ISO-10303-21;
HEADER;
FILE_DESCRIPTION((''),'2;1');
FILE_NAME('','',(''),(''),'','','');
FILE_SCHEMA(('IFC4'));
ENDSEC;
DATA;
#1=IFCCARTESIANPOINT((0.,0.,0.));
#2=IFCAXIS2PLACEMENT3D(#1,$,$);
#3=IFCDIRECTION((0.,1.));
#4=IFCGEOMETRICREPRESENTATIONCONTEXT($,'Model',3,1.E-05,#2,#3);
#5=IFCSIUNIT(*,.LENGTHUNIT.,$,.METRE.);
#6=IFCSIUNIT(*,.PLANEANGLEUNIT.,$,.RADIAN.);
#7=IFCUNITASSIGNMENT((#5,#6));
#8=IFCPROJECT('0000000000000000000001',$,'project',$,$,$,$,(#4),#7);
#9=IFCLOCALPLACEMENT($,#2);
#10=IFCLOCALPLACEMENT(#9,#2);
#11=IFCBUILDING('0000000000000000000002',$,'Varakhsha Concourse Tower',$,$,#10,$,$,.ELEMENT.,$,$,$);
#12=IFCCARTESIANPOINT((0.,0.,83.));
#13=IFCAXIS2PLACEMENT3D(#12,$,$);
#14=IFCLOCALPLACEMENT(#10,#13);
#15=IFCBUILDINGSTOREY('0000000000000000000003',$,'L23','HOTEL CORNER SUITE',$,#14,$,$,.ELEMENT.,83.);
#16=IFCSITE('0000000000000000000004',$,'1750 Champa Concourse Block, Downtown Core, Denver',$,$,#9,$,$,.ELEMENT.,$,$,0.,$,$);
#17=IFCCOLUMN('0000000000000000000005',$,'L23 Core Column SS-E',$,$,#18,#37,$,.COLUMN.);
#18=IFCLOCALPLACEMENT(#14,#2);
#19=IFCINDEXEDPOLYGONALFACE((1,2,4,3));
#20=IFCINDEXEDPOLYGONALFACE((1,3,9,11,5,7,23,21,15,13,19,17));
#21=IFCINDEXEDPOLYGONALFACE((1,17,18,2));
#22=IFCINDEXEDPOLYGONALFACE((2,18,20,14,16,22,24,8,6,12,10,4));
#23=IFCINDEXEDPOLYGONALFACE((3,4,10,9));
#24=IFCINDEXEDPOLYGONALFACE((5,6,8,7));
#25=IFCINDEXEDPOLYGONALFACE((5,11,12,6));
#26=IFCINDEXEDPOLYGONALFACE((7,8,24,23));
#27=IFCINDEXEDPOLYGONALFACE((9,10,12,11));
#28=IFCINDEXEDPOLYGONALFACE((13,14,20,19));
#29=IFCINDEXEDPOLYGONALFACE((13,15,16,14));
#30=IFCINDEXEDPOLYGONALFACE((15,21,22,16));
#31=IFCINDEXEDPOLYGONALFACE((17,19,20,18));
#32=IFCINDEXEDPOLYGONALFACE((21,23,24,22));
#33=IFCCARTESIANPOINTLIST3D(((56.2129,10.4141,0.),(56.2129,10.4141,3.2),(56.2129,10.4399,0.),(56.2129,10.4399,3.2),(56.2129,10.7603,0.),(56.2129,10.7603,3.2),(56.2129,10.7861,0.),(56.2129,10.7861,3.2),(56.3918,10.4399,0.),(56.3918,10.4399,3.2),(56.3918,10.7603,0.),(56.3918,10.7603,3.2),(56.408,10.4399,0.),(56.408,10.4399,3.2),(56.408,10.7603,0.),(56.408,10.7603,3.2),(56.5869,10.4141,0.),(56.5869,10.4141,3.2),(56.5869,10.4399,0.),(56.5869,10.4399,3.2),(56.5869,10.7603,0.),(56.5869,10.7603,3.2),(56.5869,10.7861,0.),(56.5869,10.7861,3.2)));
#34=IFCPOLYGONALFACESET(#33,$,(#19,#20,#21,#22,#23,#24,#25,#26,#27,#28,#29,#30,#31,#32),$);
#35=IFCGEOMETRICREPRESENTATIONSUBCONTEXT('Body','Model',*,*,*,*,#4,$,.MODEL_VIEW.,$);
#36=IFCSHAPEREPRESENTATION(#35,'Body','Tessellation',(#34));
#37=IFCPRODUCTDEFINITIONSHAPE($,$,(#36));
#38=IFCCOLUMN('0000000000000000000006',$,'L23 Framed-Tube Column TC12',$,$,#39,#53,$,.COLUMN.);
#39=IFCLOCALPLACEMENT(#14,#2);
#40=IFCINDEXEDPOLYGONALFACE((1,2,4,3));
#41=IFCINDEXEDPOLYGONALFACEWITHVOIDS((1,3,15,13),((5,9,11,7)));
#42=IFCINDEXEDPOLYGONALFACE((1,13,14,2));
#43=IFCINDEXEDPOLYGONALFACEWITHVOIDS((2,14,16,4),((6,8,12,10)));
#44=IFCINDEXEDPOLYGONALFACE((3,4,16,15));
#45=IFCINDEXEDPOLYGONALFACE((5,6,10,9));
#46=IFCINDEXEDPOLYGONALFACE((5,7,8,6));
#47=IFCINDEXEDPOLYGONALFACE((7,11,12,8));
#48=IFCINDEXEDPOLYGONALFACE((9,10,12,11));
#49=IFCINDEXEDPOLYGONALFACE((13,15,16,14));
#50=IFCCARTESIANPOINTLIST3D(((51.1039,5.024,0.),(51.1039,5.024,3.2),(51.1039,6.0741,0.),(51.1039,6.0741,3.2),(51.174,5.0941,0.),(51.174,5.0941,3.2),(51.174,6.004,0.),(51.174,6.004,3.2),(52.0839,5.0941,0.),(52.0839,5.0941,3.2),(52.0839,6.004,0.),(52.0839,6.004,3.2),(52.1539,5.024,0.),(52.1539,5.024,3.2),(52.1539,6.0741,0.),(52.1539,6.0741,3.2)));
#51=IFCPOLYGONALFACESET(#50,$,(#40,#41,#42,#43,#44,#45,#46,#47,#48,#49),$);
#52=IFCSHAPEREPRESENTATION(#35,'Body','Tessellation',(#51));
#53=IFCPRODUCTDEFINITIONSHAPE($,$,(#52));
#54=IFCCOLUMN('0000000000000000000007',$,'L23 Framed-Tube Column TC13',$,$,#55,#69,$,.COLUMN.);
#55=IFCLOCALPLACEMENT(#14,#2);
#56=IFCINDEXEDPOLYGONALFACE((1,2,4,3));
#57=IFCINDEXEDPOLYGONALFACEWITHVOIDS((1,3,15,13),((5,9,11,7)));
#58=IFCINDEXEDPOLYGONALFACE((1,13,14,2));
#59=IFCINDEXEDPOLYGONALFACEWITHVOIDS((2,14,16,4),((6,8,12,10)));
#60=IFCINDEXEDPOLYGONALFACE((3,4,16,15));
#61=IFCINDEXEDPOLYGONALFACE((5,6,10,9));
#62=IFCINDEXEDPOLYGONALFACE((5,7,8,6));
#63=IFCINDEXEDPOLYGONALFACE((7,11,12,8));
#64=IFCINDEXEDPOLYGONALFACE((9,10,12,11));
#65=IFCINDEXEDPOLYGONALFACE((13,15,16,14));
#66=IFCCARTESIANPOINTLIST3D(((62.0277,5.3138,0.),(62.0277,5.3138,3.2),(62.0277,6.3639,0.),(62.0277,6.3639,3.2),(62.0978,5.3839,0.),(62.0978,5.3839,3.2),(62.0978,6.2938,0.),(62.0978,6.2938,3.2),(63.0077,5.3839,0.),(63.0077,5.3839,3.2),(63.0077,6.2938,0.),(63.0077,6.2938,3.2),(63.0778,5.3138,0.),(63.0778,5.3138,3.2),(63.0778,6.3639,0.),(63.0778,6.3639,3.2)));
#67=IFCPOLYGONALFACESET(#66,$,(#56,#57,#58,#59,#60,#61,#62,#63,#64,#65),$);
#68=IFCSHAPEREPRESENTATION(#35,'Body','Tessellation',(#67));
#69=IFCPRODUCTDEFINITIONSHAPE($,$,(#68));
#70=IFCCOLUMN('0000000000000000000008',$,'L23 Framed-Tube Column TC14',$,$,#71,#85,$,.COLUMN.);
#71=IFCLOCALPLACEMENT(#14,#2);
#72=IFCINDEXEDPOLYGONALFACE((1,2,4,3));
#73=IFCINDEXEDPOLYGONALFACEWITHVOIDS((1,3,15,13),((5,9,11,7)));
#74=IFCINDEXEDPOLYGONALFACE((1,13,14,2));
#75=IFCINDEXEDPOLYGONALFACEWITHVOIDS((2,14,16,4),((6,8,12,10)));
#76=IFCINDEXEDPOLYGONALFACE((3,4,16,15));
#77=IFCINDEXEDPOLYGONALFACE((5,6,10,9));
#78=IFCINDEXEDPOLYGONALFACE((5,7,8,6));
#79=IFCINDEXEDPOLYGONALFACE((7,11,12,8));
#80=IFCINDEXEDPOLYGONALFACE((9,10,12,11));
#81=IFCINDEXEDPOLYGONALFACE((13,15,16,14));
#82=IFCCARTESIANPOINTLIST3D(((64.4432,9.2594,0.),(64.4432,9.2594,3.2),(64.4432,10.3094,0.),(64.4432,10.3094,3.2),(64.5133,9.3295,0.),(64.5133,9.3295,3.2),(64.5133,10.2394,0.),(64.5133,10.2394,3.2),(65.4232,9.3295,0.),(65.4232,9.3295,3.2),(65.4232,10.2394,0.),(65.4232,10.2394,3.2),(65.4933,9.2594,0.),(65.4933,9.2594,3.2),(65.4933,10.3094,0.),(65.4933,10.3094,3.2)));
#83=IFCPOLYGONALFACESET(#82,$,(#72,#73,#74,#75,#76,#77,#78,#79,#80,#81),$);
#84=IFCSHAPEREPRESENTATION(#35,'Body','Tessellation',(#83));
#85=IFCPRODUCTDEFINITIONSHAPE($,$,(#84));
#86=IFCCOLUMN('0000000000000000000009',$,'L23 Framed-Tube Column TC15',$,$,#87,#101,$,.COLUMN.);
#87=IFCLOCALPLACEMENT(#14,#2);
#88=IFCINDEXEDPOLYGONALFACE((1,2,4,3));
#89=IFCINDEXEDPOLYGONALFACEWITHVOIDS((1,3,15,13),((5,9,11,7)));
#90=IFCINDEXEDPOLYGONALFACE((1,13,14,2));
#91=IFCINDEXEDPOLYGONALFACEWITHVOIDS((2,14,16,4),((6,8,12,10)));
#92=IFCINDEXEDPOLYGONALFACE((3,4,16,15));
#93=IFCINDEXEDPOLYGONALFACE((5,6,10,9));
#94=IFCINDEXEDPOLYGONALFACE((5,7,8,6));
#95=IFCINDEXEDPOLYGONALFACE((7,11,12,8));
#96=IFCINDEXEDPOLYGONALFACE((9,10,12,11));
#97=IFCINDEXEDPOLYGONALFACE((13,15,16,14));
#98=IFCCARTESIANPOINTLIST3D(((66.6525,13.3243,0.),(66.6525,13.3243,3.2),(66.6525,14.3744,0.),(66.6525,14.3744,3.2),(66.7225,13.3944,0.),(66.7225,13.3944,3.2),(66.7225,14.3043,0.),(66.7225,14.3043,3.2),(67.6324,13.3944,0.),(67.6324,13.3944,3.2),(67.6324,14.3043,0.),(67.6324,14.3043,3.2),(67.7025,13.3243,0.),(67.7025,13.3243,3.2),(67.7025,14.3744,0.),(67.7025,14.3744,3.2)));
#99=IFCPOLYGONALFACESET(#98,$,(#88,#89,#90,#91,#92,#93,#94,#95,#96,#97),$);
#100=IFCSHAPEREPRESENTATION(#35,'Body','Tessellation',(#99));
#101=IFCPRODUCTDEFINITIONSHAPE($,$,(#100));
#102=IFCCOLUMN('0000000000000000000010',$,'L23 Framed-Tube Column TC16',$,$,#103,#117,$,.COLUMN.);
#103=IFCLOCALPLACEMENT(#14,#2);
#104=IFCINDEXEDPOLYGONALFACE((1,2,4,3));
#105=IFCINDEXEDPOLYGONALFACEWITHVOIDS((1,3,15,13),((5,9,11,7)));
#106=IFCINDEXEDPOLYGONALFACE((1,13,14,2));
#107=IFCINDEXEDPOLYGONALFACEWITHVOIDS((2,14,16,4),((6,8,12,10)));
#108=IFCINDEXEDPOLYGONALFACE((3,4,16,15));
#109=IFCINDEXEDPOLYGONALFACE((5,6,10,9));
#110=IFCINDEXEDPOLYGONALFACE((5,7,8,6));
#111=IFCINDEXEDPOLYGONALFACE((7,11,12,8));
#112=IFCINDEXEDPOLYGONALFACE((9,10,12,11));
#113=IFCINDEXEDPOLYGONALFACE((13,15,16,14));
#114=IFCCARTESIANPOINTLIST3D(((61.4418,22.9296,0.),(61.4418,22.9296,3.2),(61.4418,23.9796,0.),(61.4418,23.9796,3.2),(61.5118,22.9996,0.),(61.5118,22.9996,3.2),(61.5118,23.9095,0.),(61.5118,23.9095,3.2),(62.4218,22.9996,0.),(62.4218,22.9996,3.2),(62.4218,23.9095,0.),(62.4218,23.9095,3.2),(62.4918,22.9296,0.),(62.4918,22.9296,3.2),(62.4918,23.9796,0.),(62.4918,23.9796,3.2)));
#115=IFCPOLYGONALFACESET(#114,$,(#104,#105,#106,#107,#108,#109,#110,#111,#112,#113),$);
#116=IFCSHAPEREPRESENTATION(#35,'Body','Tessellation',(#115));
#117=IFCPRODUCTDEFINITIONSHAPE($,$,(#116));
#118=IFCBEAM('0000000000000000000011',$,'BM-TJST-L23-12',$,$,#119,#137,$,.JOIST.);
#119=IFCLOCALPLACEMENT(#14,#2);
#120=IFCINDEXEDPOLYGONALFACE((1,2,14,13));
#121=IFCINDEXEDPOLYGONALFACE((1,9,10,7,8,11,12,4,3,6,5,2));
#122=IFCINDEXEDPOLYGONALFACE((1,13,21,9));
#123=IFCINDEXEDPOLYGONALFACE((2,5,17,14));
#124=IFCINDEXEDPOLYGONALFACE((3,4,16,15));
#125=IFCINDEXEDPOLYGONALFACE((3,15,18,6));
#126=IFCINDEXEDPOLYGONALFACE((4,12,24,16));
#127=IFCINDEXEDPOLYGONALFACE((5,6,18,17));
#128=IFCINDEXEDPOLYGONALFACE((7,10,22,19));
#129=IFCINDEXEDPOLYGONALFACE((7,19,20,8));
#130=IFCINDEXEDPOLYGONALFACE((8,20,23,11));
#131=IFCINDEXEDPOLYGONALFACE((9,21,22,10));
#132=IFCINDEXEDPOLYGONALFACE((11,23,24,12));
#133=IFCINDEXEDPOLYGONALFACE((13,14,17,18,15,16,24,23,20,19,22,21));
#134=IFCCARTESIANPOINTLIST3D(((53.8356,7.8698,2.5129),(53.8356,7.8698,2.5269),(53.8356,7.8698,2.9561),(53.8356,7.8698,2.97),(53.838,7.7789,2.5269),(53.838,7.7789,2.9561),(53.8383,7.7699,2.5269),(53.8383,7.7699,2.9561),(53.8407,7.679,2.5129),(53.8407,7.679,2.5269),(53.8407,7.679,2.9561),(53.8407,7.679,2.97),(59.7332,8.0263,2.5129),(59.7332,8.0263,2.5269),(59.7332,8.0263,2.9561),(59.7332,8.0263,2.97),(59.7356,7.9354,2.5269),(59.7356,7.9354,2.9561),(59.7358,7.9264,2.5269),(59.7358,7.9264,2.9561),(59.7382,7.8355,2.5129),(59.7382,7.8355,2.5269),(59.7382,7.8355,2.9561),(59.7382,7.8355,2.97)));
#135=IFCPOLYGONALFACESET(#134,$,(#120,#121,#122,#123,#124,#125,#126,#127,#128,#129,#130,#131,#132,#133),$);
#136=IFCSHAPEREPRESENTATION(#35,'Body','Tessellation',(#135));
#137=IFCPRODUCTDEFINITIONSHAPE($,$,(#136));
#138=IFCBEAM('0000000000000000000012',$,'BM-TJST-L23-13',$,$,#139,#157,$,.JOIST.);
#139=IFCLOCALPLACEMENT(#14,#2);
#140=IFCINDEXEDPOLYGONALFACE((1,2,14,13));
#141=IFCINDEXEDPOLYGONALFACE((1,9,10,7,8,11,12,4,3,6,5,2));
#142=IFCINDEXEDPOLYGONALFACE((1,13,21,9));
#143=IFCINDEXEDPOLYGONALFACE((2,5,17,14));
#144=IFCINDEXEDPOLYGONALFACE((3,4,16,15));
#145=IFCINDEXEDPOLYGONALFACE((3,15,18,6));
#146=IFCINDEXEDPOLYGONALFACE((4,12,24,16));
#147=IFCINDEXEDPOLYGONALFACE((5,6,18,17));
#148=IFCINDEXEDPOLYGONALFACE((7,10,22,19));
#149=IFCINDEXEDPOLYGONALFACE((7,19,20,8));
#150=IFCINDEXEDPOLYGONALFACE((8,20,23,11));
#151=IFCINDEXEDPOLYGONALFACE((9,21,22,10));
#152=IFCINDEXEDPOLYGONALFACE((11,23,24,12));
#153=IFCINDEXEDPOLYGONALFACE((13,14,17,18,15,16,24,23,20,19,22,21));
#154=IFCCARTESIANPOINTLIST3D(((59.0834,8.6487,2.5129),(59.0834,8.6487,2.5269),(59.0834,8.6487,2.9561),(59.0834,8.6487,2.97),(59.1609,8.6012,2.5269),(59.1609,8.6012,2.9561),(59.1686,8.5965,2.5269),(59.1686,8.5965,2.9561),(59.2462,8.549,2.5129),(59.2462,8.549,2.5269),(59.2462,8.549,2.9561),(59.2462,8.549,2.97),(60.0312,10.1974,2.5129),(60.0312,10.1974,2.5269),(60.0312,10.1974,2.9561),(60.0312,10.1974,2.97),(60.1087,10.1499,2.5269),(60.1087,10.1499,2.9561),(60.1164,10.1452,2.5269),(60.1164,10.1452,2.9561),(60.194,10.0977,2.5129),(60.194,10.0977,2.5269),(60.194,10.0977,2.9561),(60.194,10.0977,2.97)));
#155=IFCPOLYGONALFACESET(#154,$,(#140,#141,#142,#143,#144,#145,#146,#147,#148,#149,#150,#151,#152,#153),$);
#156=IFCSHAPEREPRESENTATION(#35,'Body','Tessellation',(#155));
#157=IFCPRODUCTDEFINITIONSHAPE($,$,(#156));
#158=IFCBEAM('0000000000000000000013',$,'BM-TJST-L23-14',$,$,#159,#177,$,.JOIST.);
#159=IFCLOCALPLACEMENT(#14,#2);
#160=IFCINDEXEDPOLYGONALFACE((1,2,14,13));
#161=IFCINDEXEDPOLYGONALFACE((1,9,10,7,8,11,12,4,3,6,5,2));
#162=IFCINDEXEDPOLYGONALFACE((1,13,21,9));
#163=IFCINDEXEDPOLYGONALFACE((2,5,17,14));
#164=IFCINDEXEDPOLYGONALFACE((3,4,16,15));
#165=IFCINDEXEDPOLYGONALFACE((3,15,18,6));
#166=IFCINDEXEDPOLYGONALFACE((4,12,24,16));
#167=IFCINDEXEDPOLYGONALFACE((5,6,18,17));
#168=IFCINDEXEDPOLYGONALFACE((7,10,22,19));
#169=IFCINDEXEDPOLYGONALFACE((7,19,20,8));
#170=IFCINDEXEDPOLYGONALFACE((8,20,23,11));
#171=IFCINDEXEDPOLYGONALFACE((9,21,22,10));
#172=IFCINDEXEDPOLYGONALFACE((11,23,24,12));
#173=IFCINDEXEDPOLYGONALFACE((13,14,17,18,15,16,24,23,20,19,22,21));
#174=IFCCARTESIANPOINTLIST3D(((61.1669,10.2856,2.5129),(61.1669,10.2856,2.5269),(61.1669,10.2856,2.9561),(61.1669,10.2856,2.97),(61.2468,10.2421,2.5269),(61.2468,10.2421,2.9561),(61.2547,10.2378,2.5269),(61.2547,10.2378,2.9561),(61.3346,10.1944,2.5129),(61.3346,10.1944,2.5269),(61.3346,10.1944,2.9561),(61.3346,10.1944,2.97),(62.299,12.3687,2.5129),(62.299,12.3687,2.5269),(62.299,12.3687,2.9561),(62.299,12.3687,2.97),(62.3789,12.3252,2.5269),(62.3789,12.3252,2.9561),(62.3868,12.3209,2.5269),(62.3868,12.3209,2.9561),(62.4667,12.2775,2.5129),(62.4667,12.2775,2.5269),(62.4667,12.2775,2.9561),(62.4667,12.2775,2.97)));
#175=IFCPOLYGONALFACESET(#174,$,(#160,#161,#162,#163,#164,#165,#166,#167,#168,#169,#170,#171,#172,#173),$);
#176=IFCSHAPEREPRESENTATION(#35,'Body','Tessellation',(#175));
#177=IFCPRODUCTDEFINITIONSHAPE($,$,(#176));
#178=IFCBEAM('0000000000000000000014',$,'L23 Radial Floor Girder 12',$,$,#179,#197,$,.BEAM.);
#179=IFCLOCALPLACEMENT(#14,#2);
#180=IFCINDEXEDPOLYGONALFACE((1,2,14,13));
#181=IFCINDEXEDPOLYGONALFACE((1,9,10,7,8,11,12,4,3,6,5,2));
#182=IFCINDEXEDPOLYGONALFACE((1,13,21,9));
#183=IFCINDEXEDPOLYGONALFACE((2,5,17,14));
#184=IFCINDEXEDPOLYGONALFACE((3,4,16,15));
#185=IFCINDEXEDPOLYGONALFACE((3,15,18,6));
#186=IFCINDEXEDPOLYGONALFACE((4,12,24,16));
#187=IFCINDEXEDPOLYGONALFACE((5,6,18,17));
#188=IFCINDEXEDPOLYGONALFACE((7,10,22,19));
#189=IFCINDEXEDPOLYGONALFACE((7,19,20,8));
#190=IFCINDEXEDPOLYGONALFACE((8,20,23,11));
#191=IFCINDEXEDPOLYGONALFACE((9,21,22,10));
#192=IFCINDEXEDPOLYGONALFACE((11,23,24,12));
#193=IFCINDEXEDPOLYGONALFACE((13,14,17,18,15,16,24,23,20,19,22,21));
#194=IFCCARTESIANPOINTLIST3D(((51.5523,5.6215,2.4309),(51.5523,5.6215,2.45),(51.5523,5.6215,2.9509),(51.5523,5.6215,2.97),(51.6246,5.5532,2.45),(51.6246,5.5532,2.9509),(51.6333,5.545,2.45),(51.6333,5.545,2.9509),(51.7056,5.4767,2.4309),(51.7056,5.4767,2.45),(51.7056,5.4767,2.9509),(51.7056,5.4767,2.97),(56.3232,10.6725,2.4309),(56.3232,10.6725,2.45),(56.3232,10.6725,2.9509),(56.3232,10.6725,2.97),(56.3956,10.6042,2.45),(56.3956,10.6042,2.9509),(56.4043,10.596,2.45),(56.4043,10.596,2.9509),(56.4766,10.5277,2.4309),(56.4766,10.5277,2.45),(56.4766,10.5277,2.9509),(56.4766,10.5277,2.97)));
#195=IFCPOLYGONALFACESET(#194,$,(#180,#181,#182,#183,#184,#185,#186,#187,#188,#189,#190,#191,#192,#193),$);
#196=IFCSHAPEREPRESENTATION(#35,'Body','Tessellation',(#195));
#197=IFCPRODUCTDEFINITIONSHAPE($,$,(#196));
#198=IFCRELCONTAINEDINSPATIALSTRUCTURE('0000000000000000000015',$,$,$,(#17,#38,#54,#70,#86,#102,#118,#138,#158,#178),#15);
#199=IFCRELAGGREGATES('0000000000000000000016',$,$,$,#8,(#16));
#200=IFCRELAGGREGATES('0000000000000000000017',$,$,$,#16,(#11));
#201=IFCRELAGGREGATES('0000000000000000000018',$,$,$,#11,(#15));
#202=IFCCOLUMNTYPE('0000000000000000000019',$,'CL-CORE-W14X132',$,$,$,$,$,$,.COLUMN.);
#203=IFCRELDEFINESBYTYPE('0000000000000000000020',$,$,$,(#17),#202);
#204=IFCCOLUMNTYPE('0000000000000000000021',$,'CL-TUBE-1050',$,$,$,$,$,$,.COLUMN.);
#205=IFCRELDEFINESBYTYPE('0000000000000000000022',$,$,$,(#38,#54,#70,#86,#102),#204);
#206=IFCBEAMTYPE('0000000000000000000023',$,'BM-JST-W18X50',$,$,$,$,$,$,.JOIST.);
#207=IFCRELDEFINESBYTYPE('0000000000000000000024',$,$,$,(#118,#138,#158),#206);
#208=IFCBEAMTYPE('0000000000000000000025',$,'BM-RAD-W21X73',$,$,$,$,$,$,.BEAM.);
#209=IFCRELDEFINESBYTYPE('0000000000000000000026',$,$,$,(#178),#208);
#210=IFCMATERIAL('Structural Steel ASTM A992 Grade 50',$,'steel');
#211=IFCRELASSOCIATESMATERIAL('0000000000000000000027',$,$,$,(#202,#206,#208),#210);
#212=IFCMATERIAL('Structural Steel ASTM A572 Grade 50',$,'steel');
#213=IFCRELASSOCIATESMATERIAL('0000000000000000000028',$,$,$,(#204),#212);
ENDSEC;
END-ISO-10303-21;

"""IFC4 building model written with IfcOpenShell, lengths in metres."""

from ifc_helpers import new_model, si_unit, direction, frame, origin, origin_2d, place, context, subcontext, project, spatial, hollow_rectangle, i_section, extrude, material, material_profile, profile_set, type_object, element, save


model = new_model("IFC4")

# Units and contexts
model_context = context("Model", 3, precision=1e-05, world=origin(), true_north=direction((0.0, 1.0)))
body_context = subcontext(model_context, "Body", "Model", "MODEL_VIEW")
ifc_project = project(units=[si_unit("LENGTHUNIT", "METRE"), si_unit("PLANEANGLEUNIT", "RADIAN")], contexts=[model_context])

# Site, building, storey
site_placement = place(None, origin())
site = spatial("IfcSite", under=ifc_project, at=site_placement, Name="1750 Champa Concourse Block, Downtown Core, Denver", CompositionType="ELEMENT", RefElevation=0.0)
building_placement = place(site_placement, origin())
building = spatial("IfcBuilding", under=site, at=building_placement, Name="Varakhsha Concourse Tower", CompositionType="ELEMENT")
storey_placement = place(building_placement, frame((0.0, 0.0, 83.0)))
storey = spatial("IfcBuildingStorey", under=building, at=storey_placement, Name="L23", Description="HOTEL CORNER SUITE", CompositionType="ELEMENT", Elevation=83.0)

# Columns
ifc_material_1 = material(Name="Structural Steel ASTM A992 Grade 50", Category="steel")
ifc_material_profile_1 = material_profile(ifc_material_1, i_section(OverallWidth=0.374, OverallDepth=0.3721, WebThickness=0.0161, FlangeThickness=0.0259, at=origin_2d()), Name="W14X132")
ifc_profile_set_1 = profile_set([ifc_material_profile_1], Name="Structural Steel ASTM A992 Grade 50")
column_type_1 = type_object("IfcColumnType", Name="CL-CORE-W14X132", PredefinedType="COLUMN", material=ifc_profile_set_1)
column_placement = place(storey_placement, frame((56.3999, 10.6001, 0.0), z_axis=(0.0, 0.0, 1.0), x_axis=(1.0, 0.0, 0.0)))
element("IfcColumn", 1, at=column_placement, inside=storey, type_object=column_type_1, Name="L23 Core Column SS-E", PredefinedType="COLUMN", context=body_context, shape_type="SweptSolid", body=[
    extrude(i_section(OverallWidth=0.374, OverallDepth=0.3721, WebThickness=0.0161, FlangeThickness=0.0259, at=origin_2d()), origin(), (0.0, 0.0, 1.0), 3.2),
])
ifc_material_2 = material(Name="Structural Steel ASTM A572 Grade 50", Category="steel")
ifc_material_profile_2 = material_profile(ifc_material_2, hollow_rectangle(XDim=1.05, YDim=1.05, WallThickness=0.0701, at=origin_2d()), Name="BOX 1050x1050x70")
ifc_profile_set_2 = profile_set([ifc_material_profile_2], Name="Structural Steel ASTM A572 Grade 50")
column_type_2 = type_object("IfcColumnType", Name="CL-TUBE-1050", PredefinedType="COLUMN", material=ifc_profile_set_2)
for number, where, z_axis, x_axis, name in (
    (2, (51.6289, 5.5491, 0.0), (0.0, 0.0, 1.0), (1.0, 0.0, 0.0), "L23 Framed-Tube Column TC12"),
    (3, (62.5527, 5.8389, 0.0), (0.0, 0.0, 1.0), (1.0, 0.0, 0.0), "L23 Framed-Tube Column TC13"),
    (4, (64.9683, 9.7844, 0.0), (0.0, 0.0, 1.0), (1.0, 0.0, 0.0), "L23 Framed-Tube Column TC14"),
    (5, (67.1775, 13.8494, 0.0), (0.0, 0.0, 1.0), (1.0, 0.0, 0.0), "L23 Framed-Tube Column TC15"),
    (6, (61.9668, 23.4546, 0.0), (0.0, 0.0, 1.0), (1.0, 0.0, 0.0), "L23 Framed-Tube Column TC16"),
):
    element("IfcColumn", number, at=place(storey_placement, frame(where, z_axis=z_axis, x_axis=x_axis)), inside=storey, type_object=column_type_2, Name=name, PredefinedType="COLUMN", context=body_context, shape_type="SweptSolid", body=[
        extrude(hollow_rectangle(XDim=1.05, YDim=1.05, WallThickness=0.0701, at=origin_2d()), origin(), (0.0, 0.0, 1.0), 3.2),
    ])

# Beams
ifc_material_profile_3 = material_profile(ifc_material_1, i_section(OverallWidth=0.1909, OverallDepth=0.457, WebThickness=0.009, FlangeThickness=0.0139, at=origin_2d()), Name="W18X50")
ifc_profile_set_3 = profile_set([ifc_material_profile_3], Name="Structural Steel ASTM A992 Grade 50")
beam_type_1 = type_object("IfcBeamType", Name="BM-JST-W18X50", PredefinedType="JOIST", material=ifc_profile_set_3)
beam_1_placement = place(storey_placement, frame((53.8381, 7.7744, 2.7415), z_axis=(0.999648, 0.026527, 0.0), x_axis=(-0.026527, 0.999648, 0.0)))
element("IfcBeam", 7, at=beam_1_placement, inside=storey, type_object=beam_type_1, Name="BM-TJST-L23-12", PredefinedType="JOIST", context=body_context, shape_type="SweptSolid", body=[
    extrude(i_section(OverallWidth=0.1909, OverallDepth=0.457, WebThickness=0.009, FlangeThickness=0.0139, at=origin_2d()), origin(), (0.0, 0.0, 1.0), 5.8997),
])
beam_2_placement = place(storey_placement, frame((59.1648, 8.5989, 2.7415), z_axis=(0.52201, 0.852939, 0.0), x_axis=(-0.852939, 0.52201, 0.0)))
element("IfcBeam", 8, at=beam_2_placement, inside=storey, type_object=beam_type_1, Name="BM-TJST-L23-13", PredefinedType="JOIST", context=body_context, shape_type="SweptSolid", body=[
    extrude(i_section(OverallWidth=0.1909, OverallDepth=0.457, WebThickness=0.009, FlangeThickness=0.0139, at=origin_2d()), origin(), (0.0, 0.0, 1.0), 1.8157),
])
beam_3_placement = place(storey_placement, frame((61.2507, 10.24, 2.7415), z_axis=(0.477517, 0.878623, 0.0), x_axis=(-0.878623, 0.477517, 0.0)))
element("IfcBeam", 9, at=beam_3_placement, inside=storey, type_object=beam_type_1, Name="BM-TJST-L23-14", PredefinedType="JOIST", context=body_context, shape_type="SweptSolid", body=[
    extrude(i_section(OverallWidth=0.1909, OverallDepth=0.457, WebThickness=0.009, FlangeThickness=0.0139, at=origin_2d()), origin(), (0.0, 0.0, 1.0), 2.3708),
])
ifc_material_profile_4 = material_profile(ifc_material_1, i_section(OverallWidth=0.2109, OverallDepth=0.5391, WebThickness=0.012, FlangeThickness=0.019, at=origin_2d()), Name="W21X73")
ifc_profile_set_4 = profile_set([ifc_material_profile_4], Name="Structural Steel ASTM A992 Grade 50")
beam_type_2 = type_object("IfcBeamType", Name="BM-RAD-W21X73", PredefinedType="BEAM", material=ifc_profile_set_4)
beam_4_placement = place(storey_placement, frame((56.3999, 10.6001, 2.7004), z_axis=(-0.686668, -0.726971, 0.0), x_axis=(0.726971, -0.686668, 0.0)))
element("IfcBeam", 10, at=beam_4_placement, inside=storey, type_object=beam_type_2, Name="L23 Radial Floor Girder 12", PredefinedType="BEAM", context=body_context, shape_type="SweptSolid", body=[
    extrude(i_section(OverallWidth=0.2109, OverallDepth=0.5391, WebThickness=0.012, FlangeThickness=0.019, at=origin_2d()), origin(), (0.0, 0.0, 1.0), 6.948),
])

save(model, "model.ifc")
